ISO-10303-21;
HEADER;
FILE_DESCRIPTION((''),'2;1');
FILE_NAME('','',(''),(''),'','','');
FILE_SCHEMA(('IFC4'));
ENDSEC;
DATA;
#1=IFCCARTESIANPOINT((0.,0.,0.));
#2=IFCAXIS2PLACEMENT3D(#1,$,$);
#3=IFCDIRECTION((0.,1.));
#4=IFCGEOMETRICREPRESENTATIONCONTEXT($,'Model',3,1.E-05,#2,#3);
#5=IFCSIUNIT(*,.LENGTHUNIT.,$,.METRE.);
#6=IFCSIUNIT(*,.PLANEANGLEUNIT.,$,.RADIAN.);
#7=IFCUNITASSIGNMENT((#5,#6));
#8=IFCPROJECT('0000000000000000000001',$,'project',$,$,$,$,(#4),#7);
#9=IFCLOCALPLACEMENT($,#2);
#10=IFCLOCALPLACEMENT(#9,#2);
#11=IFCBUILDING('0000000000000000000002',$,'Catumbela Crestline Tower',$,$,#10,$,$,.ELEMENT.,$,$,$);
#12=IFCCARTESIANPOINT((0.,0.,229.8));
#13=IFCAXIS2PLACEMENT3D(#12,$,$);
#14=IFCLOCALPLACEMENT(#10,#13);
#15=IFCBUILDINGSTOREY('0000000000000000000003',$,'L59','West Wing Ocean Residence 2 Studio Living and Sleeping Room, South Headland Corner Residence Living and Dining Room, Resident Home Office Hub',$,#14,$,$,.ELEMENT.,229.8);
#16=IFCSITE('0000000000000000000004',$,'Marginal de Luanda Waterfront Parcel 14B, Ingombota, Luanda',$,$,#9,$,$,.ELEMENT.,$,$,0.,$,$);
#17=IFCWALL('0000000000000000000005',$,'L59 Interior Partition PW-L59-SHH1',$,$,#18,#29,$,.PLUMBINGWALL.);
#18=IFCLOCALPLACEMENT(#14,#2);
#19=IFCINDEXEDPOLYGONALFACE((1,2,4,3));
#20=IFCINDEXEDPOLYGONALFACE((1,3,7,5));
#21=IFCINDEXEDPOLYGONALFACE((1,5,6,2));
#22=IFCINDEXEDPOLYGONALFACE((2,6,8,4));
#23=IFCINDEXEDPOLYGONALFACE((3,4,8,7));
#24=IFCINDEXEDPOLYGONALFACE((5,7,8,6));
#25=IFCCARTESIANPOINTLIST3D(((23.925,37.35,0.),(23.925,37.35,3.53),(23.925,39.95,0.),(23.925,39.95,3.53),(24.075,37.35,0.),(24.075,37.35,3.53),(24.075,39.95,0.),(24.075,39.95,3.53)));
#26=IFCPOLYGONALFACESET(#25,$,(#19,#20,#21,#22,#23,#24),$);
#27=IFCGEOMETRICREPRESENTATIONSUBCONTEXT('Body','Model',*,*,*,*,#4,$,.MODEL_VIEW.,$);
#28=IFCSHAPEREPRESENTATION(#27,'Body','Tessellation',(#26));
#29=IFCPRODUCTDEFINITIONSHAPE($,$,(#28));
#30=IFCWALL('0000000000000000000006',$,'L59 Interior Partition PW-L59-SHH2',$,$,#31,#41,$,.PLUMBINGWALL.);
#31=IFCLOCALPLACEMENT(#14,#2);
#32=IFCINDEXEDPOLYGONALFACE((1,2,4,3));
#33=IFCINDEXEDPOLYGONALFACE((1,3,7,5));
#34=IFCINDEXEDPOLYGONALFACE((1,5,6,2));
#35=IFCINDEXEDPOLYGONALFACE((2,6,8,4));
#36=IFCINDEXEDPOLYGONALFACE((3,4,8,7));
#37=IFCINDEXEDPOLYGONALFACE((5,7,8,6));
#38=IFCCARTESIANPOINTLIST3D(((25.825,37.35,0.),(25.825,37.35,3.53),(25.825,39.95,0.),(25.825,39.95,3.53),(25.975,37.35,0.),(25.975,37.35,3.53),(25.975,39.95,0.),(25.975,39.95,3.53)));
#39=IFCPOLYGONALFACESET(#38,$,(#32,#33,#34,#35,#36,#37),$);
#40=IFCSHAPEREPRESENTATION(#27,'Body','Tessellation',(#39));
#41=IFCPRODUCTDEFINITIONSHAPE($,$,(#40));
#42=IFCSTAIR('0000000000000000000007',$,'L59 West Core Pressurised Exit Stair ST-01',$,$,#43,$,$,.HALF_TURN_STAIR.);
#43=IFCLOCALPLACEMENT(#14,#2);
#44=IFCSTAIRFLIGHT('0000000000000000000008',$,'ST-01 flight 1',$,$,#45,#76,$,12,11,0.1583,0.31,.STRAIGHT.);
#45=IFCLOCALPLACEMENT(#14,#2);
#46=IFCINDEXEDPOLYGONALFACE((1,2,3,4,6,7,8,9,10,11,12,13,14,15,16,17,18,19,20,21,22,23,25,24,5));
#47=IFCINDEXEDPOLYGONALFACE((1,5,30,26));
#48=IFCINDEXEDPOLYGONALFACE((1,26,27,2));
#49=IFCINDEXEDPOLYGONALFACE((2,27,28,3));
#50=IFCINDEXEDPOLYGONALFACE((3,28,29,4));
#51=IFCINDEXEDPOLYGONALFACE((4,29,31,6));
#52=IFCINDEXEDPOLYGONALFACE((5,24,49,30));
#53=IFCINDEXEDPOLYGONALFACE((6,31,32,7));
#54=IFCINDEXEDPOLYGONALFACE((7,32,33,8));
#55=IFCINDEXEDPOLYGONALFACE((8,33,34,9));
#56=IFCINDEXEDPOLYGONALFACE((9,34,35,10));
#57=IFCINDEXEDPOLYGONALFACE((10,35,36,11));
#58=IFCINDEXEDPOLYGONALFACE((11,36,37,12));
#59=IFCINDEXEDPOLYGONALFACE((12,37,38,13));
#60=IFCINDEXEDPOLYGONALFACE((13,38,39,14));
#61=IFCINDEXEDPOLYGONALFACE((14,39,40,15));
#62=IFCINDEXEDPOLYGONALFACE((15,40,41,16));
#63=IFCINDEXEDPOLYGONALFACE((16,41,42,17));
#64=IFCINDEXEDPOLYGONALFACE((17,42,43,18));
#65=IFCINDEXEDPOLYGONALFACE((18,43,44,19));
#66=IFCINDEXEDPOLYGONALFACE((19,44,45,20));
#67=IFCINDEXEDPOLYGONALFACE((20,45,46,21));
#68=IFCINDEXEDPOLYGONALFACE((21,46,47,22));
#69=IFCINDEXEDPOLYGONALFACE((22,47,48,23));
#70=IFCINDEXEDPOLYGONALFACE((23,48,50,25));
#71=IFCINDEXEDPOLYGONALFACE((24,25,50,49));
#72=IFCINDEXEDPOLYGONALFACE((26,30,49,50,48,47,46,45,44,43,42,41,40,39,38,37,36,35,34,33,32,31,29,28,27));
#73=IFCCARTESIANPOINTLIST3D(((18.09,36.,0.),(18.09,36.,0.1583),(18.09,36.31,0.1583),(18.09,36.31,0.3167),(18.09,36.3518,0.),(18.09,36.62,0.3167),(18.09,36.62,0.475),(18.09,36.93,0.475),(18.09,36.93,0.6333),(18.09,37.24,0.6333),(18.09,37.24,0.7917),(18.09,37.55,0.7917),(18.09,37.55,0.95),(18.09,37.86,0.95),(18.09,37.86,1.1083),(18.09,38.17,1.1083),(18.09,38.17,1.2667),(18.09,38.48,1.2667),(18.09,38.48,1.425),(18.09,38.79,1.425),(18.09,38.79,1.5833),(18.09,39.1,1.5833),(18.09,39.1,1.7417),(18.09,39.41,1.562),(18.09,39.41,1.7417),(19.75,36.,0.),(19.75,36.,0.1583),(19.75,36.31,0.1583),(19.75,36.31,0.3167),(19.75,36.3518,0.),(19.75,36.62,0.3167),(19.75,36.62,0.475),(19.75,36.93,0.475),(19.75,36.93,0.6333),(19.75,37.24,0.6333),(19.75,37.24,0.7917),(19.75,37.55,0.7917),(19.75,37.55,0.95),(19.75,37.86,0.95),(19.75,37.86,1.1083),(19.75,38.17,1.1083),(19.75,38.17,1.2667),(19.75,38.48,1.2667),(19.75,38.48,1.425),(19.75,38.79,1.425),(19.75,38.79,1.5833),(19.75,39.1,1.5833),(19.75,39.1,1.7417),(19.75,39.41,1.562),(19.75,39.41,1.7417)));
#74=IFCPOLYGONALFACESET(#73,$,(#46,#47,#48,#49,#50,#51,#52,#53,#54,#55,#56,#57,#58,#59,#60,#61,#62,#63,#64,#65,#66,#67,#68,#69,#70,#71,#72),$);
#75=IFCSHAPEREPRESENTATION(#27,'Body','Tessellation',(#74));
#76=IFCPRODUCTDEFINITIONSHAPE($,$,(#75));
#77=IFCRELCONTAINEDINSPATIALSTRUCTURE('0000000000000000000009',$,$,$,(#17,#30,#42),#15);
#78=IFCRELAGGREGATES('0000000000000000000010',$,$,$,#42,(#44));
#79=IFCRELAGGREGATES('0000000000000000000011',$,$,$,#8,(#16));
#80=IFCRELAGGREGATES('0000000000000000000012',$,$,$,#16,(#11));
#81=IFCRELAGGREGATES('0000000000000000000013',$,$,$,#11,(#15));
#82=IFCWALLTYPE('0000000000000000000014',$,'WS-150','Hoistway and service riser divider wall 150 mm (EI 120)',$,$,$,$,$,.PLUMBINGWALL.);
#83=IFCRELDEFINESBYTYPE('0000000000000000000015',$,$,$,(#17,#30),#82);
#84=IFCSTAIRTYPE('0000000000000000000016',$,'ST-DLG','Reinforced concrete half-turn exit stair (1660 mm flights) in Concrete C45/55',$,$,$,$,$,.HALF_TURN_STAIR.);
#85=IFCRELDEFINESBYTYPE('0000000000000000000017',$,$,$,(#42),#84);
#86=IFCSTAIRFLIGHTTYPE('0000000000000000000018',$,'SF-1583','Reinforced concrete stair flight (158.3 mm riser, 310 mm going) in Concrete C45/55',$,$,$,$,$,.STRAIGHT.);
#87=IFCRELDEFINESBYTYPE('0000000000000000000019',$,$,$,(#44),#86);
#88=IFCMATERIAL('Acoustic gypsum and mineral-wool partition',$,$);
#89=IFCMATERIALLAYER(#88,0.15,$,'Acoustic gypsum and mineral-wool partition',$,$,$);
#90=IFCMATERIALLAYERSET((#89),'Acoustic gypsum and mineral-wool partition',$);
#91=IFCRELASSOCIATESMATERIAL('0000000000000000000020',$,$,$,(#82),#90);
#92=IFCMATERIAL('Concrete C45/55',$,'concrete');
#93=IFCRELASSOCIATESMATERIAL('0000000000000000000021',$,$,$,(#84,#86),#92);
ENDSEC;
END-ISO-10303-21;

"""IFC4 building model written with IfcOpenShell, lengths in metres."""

from ifc_helpers import new_model, si_unit, direction, frame, frame_2d, origin, place, context, subcontext, project, spatial, polyline, rectangle, outline, extrude, material, layer, layer_set, type_object, element, aggregate, save


model = new_model("IFC4")

# Units and contexts
model_context = context("Model", 3, precision=1e-05, world=origin(), true_north=direction((0.0, 1.0)))
body_context = subcontext(model_context, "Body", "Model", "MODEL_VIEW")
ifc_project = project(units=[si_unit("LENGTHUNIT", "METRE"), si_unit("PLANEANGLEUNIT", "RADIAN")], contexts=[model_context])

# Site, building, storey
site_placement = place(None, origin())
site = spatial("IfcSite", under=ifc_project, at=site_placement, Name="Marginal de Luanda Waterfront Parcel 14B, Ingombota, Luanda", CompositionType="ELEMENT", RefElevation=0.0)
building_placement = place(site_placement, origin())
building = spatial("IfcBuilding", under=site, at=building_placement, Name="Catumbela Crestline Tower", CompositionType="ELEMENT")
storey_placement = place(building_placement, frame((0.0, 0.0, 229.8)))
storey = spatial("IfcBuildingStorey", under=building, at=storey_placement, Name="L59", Description="West Wing Ocean Residence 2 Studio Living and Sleeping Room, South Headland Corner Residence Living and Dining Room, Resident Home Office Hub", CompositionType="ELEMENT", Elevation=229.8)

# Shared definitions
ifc_material_1 = material(Name="Acoustic gypsum and mineral-wool partition")

# Walls
ifc_layer_1 = layer(ifc_material_1, 0.15, Name="Acoustic gypsum and mineral-wool partition")
ifc_layer_set_1 = layer_set([ifc_layer_1], Name="Acoustic gypsum and mineral-wool partition")
wall_type_1 = type_object("IfcWallType", Name="WS-150", Description="Hoistway and service riser divider wall 150 mm (EI 120)", PredefinedType="PLUMBINGWALL", material=ifc_layer_set_1)
for number, where, z_axis, x_axis, name in (
    (1, (24.0, 37.35, 0.0), (0.0, 0.0, 1.0), (0.0, 1.0, 0.0), "L59 Interior Partition PW-L59-SHH1"),
    (2, (25.9, 37.35, 0.0), (0.0, 0.0, 1.0), (0.0, 1.0, 0.0), "L59 Interior Partition PW-L59-SHH2"),
):
    element("IfcWall", number, at=place(storey_placement, frame(where, z_axis=z_axis, x_axis=x_axis)), inside=storey, type_object=wall_type_1, Name=name, PredefinedType="PLUMBINGWALL", context=body_context, shape_type="SweptSolid", body=[
        extrude(rectangle(XDim=2.6, YDim=0.15, at=frame_2d((1.3, 0.0))), origin(), (0.0, 0.0, 1.0), 3.53),
    ])

# Stair, stair flight
ifc_material_2 = material(Name="Concrete C45/55", Category="concrete")
stair_type = type_object("IfcStairType", Name="ST-DLG", Description="Reinforced concrete half-turn exit stair (1660 mm flights) in Concrete C45/55", PredefinedType="HALF_TURN_STAIR", material=ifc_material_2)
stair_placement = place(storey_placement, origin())
stair = element("IfcStair", 3, at=stair_placement, inside=storey, type_object=stair_type, Name="L59 West Core Pressurised Exit Stair ST-01", PredefinedType="HALF_TURN_STAIR")
stair_flight_type = type_object("IfcStairFlightType", Name="SF-1583", Description="Reinforced concrete stair flight (158.3 mm riser, 310 mm going) in Concrete C45/55", PredefinedType="STRAIGHT", material=ifc_material_2)
stair_flight_placement = place(storey_placement, frame((18.92, 36.0, 0.0), z_axis=(0.0, 0.0, 1.0), x_axis=(0.0, 1.0, 0.0)))
stair_flight = element("IfcStairFlight", 4, at=stair_flight_placement, type_object=stair_flight_type, Name="ST-01 flight 1", NumberOfRisers=12, NumberOfTreads=11, PredefinedType="STRAIGHT", RiserHeight=0.1583, TreadLength=0.31, context=body_context, shape_type="SweptSolid", body=[
    extrude(outline(polyline([(0.0, 0.0), (0.0, 0.1583), (0.31, 0.1583), (0.31, 0.3167), (0.62, 0.3167), (0.62, 0.475), (0.93, 0.475), (0.93, 0.6333), (1.24, 0.6333), (1.24, 0.7917), (1.55, 0.7917), (1.55, 0.95), (1.86, 0.95), (1.86, 1.1083), (2.17, 1.1083), (2.17, 1.2667), (2.48, 1.2667), (2.48, 1.425), (2.79, 1.425), (2.79, 1.5833), (3.1, 1.5833), (3.1, 1.7417), (3.41, 1.7417), (3.41, 1.9), (3.41, 1.562), (0.3518, 0.0), (0.0, 0.0)])), frame((0.0, 0.83, 0.0), z_axis=(0.0, -1.0, 0.0), x_axis=(1.0, 0.0, 0.0)), (0.0, 0.0, 1.0), 1.66),
])
aggregate(stair, [stair_flight])

save(model, "model.ifc")
